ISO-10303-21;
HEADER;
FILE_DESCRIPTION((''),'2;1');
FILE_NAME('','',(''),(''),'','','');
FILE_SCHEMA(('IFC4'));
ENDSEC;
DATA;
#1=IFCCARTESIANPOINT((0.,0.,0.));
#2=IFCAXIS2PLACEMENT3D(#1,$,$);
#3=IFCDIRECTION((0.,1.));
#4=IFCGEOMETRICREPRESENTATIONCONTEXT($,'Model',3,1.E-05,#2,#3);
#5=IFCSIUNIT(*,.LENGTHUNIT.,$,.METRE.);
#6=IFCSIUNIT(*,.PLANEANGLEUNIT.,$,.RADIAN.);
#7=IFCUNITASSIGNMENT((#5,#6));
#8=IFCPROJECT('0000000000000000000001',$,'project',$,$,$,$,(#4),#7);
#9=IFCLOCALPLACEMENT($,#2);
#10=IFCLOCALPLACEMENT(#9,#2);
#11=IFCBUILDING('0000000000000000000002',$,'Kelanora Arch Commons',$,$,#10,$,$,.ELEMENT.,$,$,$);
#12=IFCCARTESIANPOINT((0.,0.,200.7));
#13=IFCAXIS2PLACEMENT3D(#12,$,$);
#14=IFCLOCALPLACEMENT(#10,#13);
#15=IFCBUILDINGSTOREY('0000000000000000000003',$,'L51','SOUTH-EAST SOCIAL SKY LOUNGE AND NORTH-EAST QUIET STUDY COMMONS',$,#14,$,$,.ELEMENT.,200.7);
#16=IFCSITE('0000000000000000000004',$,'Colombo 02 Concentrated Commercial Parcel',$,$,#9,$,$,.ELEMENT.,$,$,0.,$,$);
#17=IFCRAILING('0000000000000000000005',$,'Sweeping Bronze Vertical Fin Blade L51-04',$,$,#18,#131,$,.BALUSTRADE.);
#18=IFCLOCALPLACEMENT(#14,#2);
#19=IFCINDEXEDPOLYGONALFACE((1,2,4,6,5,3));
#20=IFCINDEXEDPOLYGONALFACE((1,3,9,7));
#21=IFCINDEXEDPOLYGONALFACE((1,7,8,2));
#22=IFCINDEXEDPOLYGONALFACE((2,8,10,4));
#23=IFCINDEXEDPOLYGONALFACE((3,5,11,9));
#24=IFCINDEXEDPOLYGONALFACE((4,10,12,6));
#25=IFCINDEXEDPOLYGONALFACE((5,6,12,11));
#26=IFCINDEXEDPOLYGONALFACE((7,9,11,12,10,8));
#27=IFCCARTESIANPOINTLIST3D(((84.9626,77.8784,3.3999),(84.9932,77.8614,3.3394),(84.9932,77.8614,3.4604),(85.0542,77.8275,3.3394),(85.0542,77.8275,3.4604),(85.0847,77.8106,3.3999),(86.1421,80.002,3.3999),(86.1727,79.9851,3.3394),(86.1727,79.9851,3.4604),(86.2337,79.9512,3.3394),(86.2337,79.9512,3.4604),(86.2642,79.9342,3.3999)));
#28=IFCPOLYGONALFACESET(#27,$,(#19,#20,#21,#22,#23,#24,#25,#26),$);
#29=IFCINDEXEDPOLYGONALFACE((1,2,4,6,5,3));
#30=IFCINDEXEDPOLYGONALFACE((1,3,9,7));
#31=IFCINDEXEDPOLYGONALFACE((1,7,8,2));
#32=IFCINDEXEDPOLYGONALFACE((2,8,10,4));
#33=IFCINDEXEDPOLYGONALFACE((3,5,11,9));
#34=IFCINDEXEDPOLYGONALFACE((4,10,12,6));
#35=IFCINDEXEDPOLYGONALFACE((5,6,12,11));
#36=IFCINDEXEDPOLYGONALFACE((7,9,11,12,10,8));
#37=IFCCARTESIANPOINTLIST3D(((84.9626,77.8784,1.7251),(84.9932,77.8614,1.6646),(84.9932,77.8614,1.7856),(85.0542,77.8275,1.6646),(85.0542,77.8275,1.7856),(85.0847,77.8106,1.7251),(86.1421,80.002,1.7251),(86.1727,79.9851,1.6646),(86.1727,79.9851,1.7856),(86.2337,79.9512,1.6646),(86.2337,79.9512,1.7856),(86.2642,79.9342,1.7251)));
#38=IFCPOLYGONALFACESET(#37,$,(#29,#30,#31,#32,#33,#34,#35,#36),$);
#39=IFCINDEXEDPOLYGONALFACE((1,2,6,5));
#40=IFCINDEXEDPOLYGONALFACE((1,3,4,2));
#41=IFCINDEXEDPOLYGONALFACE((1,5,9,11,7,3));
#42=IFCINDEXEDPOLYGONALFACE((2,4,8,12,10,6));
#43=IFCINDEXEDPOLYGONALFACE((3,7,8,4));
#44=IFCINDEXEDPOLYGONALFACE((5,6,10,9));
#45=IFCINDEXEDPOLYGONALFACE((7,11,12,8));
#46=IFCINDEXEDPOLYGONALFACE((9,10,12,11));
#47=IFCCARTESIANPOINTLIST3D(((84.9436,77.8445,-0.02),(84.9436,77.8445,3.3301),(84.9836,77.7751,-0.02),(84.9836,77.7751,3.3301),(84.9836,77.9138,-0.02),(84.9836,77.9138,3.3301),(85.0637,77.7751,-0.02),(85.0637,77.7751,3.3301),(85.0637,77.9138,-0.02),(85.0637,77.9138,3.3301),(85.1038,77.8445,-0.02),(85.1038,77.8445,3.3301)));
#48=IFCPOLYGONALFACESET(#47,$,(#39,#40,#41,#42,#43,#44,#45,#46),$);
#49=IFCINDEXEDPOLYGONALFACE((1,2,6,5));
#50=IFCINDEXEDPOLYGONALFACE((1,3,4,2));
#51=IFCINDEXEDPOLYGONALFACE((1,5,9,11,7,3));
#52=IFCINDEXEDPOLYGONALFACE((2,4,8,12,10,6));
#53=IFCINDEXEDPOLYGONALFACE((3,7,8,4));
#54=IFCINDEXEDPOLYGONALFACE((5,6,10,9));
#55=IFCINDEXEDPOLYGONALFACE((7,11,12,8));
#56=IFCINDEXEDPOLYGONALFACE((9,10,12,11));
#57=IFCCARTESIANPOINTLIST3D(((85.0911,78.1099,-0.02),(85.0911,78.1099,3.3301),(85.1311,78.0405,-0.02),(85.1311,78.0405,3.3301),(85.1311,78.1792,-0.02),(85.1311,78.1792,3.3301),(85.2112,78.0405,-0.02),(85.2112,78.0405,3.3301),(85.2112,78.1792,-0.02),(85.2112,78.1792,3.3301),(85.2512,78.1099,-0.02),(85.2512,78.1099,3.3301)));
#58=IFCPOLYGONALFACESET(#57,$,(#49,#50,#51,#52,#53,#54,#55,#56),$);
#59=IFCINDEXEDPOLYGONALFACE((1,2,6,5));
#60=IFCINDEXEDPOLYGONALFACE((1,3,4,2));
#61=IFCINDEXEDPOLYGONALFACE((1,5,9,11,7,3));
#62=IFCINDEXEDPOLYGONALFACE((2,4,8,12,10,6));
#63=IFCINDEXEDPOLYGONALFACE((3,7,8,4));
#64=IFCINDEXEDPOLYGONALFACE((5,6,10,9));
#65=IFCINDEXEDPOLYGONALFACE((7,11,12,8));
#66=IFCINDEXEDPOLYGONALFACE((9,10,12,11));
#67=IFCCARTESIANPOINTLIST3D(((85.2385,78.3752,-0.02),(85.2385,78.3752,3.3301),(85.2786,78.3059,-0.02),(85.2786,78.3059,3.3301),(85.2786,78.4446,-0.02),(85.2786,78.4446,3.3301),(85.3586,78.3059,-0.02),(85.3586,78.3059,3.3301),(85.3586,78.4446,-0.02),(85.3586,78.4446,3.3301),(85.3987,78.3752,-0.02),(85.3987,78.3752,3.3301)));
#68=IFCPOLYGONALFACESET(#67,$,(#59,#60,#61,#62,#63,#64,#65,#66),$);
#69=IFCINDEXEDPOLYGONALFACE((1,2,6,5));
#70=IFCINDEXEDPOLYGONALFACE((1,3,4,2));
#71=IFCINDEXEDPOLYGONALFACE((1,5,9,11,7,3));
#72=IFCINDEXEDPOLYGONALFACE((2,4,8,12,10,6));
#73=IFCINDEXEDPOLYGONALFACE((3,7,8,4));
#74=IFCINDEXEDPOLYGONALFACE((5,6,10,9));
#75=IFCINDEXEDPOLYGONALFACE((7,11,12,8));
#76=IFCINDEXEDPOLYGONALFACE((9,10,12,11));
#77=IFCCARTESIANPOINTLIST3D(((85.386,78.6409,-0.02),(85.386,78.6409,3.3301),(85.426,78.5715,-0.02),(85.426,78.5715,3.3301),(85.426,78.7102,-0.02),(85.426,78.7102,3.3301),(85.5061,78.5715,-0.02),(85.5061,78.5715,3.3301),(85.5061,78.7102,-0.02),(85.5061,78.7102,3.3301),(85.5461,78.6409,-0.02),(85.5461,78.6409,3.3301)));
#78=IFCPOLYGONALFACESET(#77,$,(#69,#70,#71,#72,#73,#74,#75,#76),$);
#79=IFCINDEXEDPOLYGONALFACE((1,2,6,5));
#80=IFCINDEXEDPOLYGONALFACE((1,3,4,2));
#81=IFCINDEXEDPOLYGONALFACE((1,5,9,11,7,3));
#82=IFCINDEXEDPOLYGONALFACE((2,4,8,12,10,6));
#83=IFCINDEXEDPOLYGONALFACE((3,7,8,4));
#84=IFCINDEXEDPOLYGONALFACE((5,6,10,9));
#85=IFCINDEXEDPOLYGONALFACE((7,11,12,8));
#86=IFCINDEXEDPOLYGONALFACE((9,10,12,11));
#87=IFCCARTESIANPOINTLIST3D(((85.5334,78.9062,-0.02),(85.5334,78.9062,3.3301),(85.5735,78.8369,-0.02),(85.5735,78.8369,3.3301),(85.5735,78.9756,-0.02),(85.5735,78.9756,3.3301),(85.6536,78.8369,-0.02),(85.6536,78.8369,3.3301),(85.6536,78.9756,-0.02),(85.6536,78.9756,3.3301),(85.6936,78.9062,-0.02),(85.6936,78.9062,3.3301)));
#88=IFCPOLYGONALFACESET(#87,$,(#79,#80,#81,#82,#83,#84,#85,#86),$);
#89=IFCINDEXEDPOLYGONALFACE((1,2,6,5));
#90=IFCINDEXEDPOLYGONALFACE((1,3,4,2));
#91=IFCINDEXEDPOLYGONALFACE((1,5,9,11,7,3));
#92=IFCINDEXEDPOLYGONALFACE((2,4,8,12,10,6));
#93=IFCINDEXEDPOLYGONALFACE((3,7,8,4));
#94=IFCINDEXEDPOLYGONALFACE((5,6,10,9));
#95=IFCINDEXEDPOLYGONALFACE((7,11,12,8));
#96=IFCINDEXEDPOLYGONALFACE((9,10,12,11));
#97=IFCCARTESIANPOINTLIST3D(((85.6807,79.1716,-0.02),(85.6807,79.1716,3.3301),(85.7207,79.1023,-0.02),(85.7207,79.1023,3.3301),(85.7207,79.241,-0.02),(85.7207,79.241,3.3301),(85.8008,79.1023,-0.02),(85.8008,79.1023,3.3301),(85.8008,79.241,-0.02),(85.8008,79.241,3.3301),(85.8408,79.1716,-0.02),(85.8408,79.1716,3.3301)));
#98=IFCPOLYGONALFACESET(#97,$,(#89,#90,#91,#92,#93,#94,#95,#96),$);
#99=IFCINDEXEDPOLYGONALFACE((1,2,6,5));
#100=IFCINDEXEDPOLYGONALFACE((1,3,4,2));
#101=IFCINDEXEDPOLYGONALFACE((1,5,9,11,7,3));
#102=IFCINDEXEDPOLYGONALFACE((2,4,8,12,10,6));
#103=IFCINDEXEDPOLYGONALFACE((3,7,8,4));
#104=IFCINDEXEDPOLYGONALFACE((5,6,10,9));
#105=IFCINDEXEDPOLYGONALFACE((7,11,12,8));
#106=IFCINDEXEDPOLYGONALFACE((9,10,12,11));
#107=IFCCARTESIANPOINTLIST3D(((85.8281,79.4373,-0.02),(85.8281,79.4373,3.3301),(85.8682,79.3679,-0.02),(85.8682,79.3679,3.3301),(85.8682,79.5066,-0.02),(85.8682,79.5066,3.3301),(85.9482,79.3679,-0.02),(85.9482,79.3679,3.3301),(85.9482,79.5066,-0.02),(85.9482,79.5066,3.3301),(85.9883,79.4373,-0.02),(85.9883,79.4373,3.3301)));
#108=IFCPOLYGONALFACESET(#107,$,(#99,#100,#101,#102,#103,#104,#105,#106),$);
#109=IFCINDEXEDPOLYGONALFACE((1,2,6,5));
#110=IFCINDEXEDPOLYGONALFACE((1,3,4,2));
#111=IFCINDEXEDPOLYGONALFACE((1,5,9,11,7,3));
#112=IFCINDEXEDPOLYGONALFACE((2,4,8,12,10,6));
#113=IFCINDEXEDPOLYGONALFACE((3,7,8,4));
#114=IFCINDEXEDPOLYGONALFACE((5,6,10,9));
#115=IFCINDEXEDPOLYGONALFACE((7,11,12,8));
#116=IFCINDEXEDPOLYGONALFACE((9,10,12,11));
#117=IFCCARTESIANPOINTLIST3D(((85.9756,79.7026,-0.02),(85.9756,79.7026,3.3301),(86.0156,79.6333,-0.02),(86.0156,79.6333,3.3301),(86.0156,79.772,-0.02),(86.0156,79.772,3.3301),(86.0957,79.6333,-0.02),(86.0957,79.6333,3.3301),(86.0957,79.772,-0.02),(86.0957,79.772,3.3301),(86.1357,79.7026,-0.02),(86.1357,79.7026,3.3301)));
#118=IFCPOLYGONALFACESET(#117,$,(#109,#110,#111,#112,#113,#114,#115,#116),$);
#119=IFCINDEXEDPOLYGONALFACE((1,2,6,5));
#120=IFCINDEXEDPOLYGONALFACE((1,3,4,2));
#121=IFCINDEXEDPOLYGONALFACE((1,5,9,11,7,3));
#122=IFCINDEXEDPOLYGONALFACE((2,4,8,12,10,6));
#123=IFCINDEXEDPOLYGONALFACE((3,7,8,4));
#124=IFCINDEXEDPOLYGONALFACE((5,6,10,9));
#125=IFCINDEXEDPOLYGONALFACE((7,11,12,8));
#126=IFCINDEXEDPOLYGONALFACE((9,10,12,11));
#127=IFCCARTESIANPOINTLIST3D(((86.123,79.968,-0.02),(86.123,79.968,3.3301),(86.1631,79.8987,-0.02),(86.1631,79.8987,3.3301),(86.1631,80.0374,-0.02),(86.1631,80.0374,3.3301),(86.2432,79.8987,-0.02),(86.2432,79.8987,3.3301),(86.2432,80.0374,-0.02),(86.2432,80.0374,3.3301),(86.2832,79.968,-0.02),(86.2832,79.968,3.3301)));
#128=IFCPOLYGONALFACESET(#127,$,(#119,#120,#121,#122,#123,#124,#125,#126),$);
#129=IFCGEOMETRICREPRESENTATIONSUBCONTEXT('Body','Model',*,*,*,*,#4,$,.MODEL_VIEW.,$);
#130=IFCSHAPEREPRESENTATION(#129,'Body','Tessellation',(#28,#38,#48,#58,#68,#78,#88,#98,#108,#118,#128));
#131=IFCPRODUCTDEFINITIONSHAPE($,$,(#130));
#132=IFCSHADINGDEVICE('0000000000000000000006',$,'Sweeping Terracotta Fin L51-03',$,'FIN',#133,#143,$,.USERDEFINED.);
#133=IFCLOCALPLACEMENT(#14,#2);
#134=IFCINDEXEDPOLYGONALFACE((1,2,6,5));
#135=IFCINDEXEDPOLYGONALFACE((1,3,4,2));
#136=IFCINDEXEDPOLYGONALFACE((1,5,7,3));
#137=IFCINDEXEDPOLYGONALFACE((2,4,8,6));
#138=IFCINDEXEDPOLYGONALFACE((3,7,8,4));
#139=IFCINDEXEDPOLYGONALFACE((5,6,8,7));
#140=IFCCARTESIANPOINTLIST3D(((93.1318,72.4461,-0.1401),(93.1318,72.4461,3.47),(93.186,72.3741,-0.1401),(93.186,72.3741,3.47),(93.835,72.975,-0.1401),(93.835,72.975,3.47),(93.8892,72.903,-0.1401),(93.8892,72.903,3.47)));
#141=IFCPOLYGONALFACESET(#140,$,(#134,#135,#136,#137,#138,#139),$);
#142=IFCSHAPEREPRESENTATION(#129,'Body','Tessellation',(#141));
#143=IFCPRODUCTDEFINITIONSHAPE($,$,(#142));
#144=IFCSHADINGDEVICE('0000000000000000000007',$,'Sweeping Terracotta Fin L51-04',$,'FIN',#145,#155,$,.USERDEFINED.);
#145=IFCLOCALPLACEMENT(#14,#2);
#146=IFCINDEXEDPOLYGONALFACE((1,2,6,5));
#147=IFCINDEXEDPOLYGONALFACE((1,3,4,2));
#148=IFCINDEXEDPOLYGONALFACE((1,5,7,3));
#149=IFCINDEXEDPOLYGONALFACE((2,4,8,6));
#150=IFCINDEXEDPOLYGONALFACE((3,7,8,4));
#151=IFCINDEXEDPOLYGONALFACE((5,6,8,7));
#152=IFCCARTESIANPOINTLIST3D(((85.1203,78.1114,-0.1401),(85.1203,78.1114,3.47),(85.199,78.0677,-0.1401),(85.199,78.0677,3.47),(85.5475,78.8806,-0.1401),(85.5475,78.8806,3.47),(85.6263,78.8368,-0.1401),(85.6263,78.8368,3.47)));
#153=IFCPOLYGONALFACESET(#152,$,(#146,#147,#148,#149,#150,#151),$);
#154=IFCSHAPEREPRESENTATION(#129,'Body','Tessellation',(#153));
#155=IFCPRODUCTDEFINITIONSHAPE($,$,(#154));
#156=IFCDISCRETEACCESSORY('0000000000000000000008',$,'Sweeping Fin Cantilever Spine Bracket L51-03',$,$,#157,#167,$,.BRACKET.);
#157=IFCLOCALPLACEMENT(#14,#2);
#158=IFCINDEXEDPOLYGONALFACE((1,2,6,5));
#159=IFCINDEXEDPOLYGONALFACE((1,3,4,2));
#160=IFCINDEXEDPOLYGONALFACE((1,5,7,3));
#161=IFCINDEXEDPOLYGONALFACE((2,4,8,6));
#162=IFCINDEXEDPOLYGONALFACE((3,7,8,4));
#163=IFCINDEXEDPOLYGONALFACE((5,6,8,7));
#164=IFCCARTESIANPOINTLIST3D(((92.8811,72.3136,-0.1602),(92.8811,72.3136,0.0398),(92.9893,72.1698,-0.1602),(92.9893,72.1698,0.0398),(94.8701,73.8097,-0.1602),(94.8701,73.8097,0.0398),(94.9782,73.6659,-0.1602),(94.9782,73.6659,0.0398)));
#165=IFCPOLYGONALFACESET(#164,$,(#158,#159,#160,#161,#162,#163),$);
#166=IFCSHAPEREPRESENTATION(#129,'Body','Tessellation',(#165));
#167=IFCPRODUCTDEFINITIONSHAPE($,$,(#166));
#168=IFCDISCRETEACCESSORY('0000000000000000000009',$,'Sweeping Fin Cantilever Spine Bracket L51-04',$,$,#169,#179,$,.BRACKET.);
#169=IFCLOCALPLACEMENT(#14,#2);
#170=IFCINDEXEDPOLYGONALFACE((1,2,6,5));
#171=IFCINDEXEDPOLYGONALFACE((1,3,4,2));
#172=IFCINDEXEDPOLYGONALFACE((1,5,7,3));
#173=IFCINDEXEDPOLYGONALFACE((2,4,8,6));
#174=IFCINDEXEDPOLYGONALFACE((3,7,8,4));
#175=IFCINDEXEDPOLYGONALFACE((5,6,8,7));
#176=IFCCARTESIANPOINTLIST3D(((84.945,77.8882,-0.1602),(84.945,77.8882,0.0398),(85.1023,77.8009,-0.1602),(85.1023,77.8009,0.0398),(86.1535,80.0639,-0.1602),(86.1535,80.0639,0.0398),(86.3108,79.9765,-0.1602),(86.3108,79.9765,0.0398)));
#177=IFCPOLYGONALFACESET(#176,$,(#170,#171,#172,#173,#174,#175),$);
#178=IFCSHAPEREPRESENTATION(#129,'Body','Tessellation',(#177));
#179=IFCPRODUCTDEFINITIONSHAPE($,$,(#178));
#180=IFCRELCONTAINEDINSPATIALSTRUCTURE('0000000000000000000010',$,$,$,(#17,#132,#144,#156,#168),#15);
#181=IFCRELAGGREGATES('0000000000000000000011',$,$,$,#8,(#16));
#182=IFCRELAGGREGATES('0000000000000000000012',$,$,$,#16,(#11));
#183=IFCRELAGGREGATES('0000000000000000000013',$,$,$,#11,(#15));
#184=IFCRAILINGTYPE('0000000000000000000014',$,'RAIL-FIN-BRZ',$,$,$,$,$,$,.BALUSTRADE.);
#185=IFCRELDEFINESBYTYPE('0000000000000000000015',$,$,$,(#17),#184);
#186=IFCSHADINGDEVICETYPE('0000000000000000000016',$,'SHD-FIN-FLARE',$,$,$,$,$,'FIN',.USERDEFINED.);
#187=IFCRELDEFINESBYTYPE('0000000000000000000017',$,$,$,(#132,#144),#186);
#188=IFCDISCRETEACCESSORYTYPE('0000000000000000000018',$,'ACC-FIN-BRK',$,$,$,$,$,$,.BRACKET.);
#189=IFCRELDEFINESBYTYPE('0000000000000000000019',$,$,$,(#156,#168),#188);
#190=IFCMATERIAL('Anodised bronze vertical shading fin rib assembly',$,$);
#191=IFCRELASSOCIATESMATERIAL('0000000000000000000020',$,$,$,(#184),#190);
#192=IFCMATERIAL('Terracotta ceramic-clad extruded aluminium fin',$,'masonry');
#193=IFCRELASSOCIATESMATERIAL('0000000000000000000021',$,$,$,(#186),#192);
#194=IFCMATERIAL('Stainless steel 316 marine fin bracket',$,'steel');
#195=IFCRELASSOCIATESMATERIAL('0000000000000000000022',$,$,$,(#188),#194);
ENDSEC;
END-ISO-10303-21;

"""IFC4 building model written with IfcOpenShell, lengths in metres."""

from ifc_helpers import new_model, si_unit, direction, frame, origin, origin_2d, place, context, subcontext, project, spatial, polyline, rectangle, outline, extrude, source, transform, mapped, material, type_object, element, save


model = new_model("IFC4")

# Units and contexts
model_context = context("Model", 3, precision=1e-05, world=origin(), true_north=direction((0.0, 1.0)))
body_context = subcontext(model_context, "Body", "Model", "MODEL_VIEW")
ifc_project = project(units=[si_unit("LENGTHUNIT", "METRE"), si_unit("PLANEANGLEUNIT", "RADIAN")], contexts=[model_context])

# Site, building, storey
site_placement = place(None, origin())
site = spatial("IfcSite", under=ifc_project, at=site_placement, Name="Colombo 02 Concentrated Commercial Parcel", CompositionType="ELEMENT", RefElevation=0.0)
building_placement = place(site_placement, origin())
building = spatial("IfcBuilding", under=site, at=building_placement, Name="Kelanora Arch Commons", CompositionType="ELEMENT")
storey_placement = place(building_placement, frame((0.0, 0.0, 200.7)))
storey = spatial("IfcBuildingStorey", under=building, at=storey_placement, Name="L51", Description="SOUTH-EAST SOCIAL SKY LOUNGE AND NORTH-EAST QUIET STUDY COMMONS", CompositionType="ELEMENT", Elevation=200.7)

# Railing
ifc_material_1 = material(Name="Anodised bronze vertical shading fin rib assembly")
railing_type = type_object("IfcRailingType", Name="RAIL-FIN-BRZ", PredefinedType="BALUSTRADE", material=ifc_material_1)
railing_1_placement = place(storey_placement, frame((85.0237, 77.8445, -0.02)))
element("IfcRailing", 1, at=railing_1_placement, inside=storey, type_object=railing_type, Name="Sweeping Bronze Vertical Fin Blade L51-04", PredefinedType="BALUSTRADE", context=body_context, shape_type="SweptSolid", body=[
    extrude(outline(polyline([(0.0698, 0.0), (0.0349, 0.0605), (-0.0349, 0.0605), (-0.0698, 0.0), (-0.0349, -0.0605), (0.0349, -0.0605), (0.0698, 0.0)])), frame((0.0, 0.0, 3.4199), z_axis=(0.485549, 0.874209, 0.0), x_axis=(-0.874209, 0.485549, 0.0)), (0.0, 0.0, 1.0), 2.4292),
    extrude(outline(polyline([(0.0698, 0.0), (0.0349, 0.0605), (-0.0349, 0.0605), (-0.0698, 0.0), (-0.0349, -0.0605), (0.0349, -0.0605), (0.0698, 0.0)])), frame((0.0, 0.0, 1.7451), z_axis=(0.485549, 0.874209, 0.0), x_axis=(-0.874209, 0.485549, 0.0)), (0.0, 0.0, 1.0), 2.4292),
    extrude(outline(polyline([(0.0801, 0.0), (0.04, 0.0693), (-0.04, 0.0693), (-0.0801, 0.0), (-0.04, -0.0693), (0.04, -0.0693), (0.0801, 0.0)])), origin(), (0.0, 0.0, 1.0), 3.3501),
    extrude(outline(polyline([(0.0801, 0.0), (0.04, 0.0693), (-0.04, 0.0693), (-0.0801, 0.0), (-0.04, -0.0693), (0.04, -0.0693), (0.0801, 0.0)])), frame((0.1475, 0.2654, 0.0)), (0.0, 0.0, 1.0), 3.3501),
    extrude(outline(polyline([(0.0801, 0.0), (0.04, 0.0693), (-0.04, 0.0693), (-0.0801, 0.0), (-0.04, -0.0693), (0.04, -0.0693), (0.0801, 0.0)])), frame((0.2949, 0.5308, 0.0)), (0.0, 0.0, 1.0), 3.3501),
    extrude(outline(polyline([(0.0801, 0.0), (0.04, 0.0693), (-0.04, 0.0693), (-0.0801, 0.0), (-0.04, -0.0693), (0.04, -0.0693), (0.0801, 0.0)])), frame((0.4424, 0.7964, 0.0)), (0.0, 0.0, 1.0), 3.3501),
    extrude(outline(polyline([(0.0801, 0.0), (0.04, 0.0693), (-0.04, 0.0693), (-0.0801, 0.0), (-0.04, -0.0693), (0.04, -0.0693), (0.0801, 0.0)])), frame((0.5898, 1.0618, 0.0)), (0.0, 0.0, 1.0), 3.3501),
    extrude(outline(polyline([(0.0801, 0.0), (0.04, 0.0693), (-0.04, 0.0693), (-0.0801, 0.0), (-0.04, -0.0693), (0.04, -0.0693), (0.0801, 0.0)])), frame((0.7371, 1.3271, 0.0)), (0.0, 0.0, 1.0), 3.3501),
    extrude(outline(polyline([(0.0801, 0.0), (0.04, 0.0693), (-0.04, 0.0693), (-0.0801, 0.0), (-0.04, -0.0693), (0.04, -0.0693), (0.0801, 0.0)])), frame((0.8845, 1.5928, 0.0)), (0.0, 0.0, 1.0), 3.3501),
    extrude(outline(polyline([(0.0801, 0.0), (0.04, 0.0693), (-0.04, 0.0693), (-0.0801, 0.0), (-0.04, -0.0693), (0.04, -0.0693), (0.0801, 0.0)])), frame((1.032, 1.8582, 0.0)), (0.0, 0.0, 1.0), 3.3501),
    extrude(outline(polyline([(0.0801, 0.0), (0.04, 0.0693), (-0.04, 0.0693), (-0.0801, 0.0), (-0.04, -0.0693), (0.04, -0.0693), (0.0801, 0.0)])), frame((1.1794, 2.1235, 0.0)), (0.0, 0.0, 1.0), 3.3501),
])

# Shading devices
ifc_material_2 = material(Name="Terracotta ceramic-clad extruded aluminium fin", Category="masonry")
shading_device_type = type_object("IfcShadingDeviceType", Name="SHD-FIN-FLARE", ElementType="FIN", PredefinedType="USERDEFINED", material=ifc_material_2)
shared_shape_1 = source(origin(), body_context, "Body", "SweptSolid", [
    extrude(rectangle(XDim=0.8799, YDim=0.0901, at=origin_2d()), origin(), (0.0, 0.0, 1.0), 3.6101),
])
for number, where, z_axis, x_axis, name in (
    (2, (93.5105, 72.6746, -0.1401), (0.0, 0.0, 1.0), (0.79916, 0.601118, 0.0), "Sweeping Terracotta Fin L51-03"),
    (3, (85.3733, 78.4741, -0.1401), (0.0, 0.0, 1.0), (0.485573, 0.874196, 0.0), "Sweeping Terracotta Fin L51-04"),
):
    element("IfcShadingDevice", number, at=place(storey_placement, frame(where, z_axis=z_axis, x_axis=x_axis)), inside=storey, type_object=shading_device_type, Name=name, ObjectType="FIN", PredefinedType="USERDEFINED", context=body_context, shape_type="MappedRepresentation", body=[
        mapped(shared_shape_1, transform((0.0, 0.0, 0.0), scale=1.0)),
    ])

# Discrete accessories
ifc_material_3 = material(Name="Stainless steel 316 marine fin bracket", Category="steel")
discrete_accessory_type = type_object("IfcDiscreteAccessoryType", Name="ACC-FIN-BRK", PredefinedType="BRACKET", material=ifc_material_3)
shared_shape_2 = source(origin(), body_context, "Body", "SweptSolid", [
    extrude(rectangle(XDim=2.4888, YDim=0.1799, at=origin_2d()), origin(), (0.0, 0.0, 1.0), 0.2),
])
for number, where, z_axis, x_axis, name in (
    (4, (93.9297, 72.9897, -0.1602), (0.0, 0.0, 1.0), (0.79916, 0.601118, 0.0), "Sweeping Fin Cantilever Spine Bracket L51-03"),
    (5, (85.6279, 78.9324, -0.1602), (0.0, 0.0, 1.0), (0.485573, 0.874196, 0.0), "Sweeping Fin Cantilever Spine Bracket L51-04"),
):
    element("IfcDiscreteAccessory", number, at=place(storey_placement, frame(where, z_axis=z_axis, x_axis=x_axis)), inside=storey, type_object=discrete_accessory_type, Name=name, PredefinedType="BRACKET", context=body_context, shape_type="MappedRepresentation", body=[
        mapped(shared_shape_2, transform((0.0, 0.0, 0.0), scale=1.0)),
    ])

save(model, "model.ifc")
